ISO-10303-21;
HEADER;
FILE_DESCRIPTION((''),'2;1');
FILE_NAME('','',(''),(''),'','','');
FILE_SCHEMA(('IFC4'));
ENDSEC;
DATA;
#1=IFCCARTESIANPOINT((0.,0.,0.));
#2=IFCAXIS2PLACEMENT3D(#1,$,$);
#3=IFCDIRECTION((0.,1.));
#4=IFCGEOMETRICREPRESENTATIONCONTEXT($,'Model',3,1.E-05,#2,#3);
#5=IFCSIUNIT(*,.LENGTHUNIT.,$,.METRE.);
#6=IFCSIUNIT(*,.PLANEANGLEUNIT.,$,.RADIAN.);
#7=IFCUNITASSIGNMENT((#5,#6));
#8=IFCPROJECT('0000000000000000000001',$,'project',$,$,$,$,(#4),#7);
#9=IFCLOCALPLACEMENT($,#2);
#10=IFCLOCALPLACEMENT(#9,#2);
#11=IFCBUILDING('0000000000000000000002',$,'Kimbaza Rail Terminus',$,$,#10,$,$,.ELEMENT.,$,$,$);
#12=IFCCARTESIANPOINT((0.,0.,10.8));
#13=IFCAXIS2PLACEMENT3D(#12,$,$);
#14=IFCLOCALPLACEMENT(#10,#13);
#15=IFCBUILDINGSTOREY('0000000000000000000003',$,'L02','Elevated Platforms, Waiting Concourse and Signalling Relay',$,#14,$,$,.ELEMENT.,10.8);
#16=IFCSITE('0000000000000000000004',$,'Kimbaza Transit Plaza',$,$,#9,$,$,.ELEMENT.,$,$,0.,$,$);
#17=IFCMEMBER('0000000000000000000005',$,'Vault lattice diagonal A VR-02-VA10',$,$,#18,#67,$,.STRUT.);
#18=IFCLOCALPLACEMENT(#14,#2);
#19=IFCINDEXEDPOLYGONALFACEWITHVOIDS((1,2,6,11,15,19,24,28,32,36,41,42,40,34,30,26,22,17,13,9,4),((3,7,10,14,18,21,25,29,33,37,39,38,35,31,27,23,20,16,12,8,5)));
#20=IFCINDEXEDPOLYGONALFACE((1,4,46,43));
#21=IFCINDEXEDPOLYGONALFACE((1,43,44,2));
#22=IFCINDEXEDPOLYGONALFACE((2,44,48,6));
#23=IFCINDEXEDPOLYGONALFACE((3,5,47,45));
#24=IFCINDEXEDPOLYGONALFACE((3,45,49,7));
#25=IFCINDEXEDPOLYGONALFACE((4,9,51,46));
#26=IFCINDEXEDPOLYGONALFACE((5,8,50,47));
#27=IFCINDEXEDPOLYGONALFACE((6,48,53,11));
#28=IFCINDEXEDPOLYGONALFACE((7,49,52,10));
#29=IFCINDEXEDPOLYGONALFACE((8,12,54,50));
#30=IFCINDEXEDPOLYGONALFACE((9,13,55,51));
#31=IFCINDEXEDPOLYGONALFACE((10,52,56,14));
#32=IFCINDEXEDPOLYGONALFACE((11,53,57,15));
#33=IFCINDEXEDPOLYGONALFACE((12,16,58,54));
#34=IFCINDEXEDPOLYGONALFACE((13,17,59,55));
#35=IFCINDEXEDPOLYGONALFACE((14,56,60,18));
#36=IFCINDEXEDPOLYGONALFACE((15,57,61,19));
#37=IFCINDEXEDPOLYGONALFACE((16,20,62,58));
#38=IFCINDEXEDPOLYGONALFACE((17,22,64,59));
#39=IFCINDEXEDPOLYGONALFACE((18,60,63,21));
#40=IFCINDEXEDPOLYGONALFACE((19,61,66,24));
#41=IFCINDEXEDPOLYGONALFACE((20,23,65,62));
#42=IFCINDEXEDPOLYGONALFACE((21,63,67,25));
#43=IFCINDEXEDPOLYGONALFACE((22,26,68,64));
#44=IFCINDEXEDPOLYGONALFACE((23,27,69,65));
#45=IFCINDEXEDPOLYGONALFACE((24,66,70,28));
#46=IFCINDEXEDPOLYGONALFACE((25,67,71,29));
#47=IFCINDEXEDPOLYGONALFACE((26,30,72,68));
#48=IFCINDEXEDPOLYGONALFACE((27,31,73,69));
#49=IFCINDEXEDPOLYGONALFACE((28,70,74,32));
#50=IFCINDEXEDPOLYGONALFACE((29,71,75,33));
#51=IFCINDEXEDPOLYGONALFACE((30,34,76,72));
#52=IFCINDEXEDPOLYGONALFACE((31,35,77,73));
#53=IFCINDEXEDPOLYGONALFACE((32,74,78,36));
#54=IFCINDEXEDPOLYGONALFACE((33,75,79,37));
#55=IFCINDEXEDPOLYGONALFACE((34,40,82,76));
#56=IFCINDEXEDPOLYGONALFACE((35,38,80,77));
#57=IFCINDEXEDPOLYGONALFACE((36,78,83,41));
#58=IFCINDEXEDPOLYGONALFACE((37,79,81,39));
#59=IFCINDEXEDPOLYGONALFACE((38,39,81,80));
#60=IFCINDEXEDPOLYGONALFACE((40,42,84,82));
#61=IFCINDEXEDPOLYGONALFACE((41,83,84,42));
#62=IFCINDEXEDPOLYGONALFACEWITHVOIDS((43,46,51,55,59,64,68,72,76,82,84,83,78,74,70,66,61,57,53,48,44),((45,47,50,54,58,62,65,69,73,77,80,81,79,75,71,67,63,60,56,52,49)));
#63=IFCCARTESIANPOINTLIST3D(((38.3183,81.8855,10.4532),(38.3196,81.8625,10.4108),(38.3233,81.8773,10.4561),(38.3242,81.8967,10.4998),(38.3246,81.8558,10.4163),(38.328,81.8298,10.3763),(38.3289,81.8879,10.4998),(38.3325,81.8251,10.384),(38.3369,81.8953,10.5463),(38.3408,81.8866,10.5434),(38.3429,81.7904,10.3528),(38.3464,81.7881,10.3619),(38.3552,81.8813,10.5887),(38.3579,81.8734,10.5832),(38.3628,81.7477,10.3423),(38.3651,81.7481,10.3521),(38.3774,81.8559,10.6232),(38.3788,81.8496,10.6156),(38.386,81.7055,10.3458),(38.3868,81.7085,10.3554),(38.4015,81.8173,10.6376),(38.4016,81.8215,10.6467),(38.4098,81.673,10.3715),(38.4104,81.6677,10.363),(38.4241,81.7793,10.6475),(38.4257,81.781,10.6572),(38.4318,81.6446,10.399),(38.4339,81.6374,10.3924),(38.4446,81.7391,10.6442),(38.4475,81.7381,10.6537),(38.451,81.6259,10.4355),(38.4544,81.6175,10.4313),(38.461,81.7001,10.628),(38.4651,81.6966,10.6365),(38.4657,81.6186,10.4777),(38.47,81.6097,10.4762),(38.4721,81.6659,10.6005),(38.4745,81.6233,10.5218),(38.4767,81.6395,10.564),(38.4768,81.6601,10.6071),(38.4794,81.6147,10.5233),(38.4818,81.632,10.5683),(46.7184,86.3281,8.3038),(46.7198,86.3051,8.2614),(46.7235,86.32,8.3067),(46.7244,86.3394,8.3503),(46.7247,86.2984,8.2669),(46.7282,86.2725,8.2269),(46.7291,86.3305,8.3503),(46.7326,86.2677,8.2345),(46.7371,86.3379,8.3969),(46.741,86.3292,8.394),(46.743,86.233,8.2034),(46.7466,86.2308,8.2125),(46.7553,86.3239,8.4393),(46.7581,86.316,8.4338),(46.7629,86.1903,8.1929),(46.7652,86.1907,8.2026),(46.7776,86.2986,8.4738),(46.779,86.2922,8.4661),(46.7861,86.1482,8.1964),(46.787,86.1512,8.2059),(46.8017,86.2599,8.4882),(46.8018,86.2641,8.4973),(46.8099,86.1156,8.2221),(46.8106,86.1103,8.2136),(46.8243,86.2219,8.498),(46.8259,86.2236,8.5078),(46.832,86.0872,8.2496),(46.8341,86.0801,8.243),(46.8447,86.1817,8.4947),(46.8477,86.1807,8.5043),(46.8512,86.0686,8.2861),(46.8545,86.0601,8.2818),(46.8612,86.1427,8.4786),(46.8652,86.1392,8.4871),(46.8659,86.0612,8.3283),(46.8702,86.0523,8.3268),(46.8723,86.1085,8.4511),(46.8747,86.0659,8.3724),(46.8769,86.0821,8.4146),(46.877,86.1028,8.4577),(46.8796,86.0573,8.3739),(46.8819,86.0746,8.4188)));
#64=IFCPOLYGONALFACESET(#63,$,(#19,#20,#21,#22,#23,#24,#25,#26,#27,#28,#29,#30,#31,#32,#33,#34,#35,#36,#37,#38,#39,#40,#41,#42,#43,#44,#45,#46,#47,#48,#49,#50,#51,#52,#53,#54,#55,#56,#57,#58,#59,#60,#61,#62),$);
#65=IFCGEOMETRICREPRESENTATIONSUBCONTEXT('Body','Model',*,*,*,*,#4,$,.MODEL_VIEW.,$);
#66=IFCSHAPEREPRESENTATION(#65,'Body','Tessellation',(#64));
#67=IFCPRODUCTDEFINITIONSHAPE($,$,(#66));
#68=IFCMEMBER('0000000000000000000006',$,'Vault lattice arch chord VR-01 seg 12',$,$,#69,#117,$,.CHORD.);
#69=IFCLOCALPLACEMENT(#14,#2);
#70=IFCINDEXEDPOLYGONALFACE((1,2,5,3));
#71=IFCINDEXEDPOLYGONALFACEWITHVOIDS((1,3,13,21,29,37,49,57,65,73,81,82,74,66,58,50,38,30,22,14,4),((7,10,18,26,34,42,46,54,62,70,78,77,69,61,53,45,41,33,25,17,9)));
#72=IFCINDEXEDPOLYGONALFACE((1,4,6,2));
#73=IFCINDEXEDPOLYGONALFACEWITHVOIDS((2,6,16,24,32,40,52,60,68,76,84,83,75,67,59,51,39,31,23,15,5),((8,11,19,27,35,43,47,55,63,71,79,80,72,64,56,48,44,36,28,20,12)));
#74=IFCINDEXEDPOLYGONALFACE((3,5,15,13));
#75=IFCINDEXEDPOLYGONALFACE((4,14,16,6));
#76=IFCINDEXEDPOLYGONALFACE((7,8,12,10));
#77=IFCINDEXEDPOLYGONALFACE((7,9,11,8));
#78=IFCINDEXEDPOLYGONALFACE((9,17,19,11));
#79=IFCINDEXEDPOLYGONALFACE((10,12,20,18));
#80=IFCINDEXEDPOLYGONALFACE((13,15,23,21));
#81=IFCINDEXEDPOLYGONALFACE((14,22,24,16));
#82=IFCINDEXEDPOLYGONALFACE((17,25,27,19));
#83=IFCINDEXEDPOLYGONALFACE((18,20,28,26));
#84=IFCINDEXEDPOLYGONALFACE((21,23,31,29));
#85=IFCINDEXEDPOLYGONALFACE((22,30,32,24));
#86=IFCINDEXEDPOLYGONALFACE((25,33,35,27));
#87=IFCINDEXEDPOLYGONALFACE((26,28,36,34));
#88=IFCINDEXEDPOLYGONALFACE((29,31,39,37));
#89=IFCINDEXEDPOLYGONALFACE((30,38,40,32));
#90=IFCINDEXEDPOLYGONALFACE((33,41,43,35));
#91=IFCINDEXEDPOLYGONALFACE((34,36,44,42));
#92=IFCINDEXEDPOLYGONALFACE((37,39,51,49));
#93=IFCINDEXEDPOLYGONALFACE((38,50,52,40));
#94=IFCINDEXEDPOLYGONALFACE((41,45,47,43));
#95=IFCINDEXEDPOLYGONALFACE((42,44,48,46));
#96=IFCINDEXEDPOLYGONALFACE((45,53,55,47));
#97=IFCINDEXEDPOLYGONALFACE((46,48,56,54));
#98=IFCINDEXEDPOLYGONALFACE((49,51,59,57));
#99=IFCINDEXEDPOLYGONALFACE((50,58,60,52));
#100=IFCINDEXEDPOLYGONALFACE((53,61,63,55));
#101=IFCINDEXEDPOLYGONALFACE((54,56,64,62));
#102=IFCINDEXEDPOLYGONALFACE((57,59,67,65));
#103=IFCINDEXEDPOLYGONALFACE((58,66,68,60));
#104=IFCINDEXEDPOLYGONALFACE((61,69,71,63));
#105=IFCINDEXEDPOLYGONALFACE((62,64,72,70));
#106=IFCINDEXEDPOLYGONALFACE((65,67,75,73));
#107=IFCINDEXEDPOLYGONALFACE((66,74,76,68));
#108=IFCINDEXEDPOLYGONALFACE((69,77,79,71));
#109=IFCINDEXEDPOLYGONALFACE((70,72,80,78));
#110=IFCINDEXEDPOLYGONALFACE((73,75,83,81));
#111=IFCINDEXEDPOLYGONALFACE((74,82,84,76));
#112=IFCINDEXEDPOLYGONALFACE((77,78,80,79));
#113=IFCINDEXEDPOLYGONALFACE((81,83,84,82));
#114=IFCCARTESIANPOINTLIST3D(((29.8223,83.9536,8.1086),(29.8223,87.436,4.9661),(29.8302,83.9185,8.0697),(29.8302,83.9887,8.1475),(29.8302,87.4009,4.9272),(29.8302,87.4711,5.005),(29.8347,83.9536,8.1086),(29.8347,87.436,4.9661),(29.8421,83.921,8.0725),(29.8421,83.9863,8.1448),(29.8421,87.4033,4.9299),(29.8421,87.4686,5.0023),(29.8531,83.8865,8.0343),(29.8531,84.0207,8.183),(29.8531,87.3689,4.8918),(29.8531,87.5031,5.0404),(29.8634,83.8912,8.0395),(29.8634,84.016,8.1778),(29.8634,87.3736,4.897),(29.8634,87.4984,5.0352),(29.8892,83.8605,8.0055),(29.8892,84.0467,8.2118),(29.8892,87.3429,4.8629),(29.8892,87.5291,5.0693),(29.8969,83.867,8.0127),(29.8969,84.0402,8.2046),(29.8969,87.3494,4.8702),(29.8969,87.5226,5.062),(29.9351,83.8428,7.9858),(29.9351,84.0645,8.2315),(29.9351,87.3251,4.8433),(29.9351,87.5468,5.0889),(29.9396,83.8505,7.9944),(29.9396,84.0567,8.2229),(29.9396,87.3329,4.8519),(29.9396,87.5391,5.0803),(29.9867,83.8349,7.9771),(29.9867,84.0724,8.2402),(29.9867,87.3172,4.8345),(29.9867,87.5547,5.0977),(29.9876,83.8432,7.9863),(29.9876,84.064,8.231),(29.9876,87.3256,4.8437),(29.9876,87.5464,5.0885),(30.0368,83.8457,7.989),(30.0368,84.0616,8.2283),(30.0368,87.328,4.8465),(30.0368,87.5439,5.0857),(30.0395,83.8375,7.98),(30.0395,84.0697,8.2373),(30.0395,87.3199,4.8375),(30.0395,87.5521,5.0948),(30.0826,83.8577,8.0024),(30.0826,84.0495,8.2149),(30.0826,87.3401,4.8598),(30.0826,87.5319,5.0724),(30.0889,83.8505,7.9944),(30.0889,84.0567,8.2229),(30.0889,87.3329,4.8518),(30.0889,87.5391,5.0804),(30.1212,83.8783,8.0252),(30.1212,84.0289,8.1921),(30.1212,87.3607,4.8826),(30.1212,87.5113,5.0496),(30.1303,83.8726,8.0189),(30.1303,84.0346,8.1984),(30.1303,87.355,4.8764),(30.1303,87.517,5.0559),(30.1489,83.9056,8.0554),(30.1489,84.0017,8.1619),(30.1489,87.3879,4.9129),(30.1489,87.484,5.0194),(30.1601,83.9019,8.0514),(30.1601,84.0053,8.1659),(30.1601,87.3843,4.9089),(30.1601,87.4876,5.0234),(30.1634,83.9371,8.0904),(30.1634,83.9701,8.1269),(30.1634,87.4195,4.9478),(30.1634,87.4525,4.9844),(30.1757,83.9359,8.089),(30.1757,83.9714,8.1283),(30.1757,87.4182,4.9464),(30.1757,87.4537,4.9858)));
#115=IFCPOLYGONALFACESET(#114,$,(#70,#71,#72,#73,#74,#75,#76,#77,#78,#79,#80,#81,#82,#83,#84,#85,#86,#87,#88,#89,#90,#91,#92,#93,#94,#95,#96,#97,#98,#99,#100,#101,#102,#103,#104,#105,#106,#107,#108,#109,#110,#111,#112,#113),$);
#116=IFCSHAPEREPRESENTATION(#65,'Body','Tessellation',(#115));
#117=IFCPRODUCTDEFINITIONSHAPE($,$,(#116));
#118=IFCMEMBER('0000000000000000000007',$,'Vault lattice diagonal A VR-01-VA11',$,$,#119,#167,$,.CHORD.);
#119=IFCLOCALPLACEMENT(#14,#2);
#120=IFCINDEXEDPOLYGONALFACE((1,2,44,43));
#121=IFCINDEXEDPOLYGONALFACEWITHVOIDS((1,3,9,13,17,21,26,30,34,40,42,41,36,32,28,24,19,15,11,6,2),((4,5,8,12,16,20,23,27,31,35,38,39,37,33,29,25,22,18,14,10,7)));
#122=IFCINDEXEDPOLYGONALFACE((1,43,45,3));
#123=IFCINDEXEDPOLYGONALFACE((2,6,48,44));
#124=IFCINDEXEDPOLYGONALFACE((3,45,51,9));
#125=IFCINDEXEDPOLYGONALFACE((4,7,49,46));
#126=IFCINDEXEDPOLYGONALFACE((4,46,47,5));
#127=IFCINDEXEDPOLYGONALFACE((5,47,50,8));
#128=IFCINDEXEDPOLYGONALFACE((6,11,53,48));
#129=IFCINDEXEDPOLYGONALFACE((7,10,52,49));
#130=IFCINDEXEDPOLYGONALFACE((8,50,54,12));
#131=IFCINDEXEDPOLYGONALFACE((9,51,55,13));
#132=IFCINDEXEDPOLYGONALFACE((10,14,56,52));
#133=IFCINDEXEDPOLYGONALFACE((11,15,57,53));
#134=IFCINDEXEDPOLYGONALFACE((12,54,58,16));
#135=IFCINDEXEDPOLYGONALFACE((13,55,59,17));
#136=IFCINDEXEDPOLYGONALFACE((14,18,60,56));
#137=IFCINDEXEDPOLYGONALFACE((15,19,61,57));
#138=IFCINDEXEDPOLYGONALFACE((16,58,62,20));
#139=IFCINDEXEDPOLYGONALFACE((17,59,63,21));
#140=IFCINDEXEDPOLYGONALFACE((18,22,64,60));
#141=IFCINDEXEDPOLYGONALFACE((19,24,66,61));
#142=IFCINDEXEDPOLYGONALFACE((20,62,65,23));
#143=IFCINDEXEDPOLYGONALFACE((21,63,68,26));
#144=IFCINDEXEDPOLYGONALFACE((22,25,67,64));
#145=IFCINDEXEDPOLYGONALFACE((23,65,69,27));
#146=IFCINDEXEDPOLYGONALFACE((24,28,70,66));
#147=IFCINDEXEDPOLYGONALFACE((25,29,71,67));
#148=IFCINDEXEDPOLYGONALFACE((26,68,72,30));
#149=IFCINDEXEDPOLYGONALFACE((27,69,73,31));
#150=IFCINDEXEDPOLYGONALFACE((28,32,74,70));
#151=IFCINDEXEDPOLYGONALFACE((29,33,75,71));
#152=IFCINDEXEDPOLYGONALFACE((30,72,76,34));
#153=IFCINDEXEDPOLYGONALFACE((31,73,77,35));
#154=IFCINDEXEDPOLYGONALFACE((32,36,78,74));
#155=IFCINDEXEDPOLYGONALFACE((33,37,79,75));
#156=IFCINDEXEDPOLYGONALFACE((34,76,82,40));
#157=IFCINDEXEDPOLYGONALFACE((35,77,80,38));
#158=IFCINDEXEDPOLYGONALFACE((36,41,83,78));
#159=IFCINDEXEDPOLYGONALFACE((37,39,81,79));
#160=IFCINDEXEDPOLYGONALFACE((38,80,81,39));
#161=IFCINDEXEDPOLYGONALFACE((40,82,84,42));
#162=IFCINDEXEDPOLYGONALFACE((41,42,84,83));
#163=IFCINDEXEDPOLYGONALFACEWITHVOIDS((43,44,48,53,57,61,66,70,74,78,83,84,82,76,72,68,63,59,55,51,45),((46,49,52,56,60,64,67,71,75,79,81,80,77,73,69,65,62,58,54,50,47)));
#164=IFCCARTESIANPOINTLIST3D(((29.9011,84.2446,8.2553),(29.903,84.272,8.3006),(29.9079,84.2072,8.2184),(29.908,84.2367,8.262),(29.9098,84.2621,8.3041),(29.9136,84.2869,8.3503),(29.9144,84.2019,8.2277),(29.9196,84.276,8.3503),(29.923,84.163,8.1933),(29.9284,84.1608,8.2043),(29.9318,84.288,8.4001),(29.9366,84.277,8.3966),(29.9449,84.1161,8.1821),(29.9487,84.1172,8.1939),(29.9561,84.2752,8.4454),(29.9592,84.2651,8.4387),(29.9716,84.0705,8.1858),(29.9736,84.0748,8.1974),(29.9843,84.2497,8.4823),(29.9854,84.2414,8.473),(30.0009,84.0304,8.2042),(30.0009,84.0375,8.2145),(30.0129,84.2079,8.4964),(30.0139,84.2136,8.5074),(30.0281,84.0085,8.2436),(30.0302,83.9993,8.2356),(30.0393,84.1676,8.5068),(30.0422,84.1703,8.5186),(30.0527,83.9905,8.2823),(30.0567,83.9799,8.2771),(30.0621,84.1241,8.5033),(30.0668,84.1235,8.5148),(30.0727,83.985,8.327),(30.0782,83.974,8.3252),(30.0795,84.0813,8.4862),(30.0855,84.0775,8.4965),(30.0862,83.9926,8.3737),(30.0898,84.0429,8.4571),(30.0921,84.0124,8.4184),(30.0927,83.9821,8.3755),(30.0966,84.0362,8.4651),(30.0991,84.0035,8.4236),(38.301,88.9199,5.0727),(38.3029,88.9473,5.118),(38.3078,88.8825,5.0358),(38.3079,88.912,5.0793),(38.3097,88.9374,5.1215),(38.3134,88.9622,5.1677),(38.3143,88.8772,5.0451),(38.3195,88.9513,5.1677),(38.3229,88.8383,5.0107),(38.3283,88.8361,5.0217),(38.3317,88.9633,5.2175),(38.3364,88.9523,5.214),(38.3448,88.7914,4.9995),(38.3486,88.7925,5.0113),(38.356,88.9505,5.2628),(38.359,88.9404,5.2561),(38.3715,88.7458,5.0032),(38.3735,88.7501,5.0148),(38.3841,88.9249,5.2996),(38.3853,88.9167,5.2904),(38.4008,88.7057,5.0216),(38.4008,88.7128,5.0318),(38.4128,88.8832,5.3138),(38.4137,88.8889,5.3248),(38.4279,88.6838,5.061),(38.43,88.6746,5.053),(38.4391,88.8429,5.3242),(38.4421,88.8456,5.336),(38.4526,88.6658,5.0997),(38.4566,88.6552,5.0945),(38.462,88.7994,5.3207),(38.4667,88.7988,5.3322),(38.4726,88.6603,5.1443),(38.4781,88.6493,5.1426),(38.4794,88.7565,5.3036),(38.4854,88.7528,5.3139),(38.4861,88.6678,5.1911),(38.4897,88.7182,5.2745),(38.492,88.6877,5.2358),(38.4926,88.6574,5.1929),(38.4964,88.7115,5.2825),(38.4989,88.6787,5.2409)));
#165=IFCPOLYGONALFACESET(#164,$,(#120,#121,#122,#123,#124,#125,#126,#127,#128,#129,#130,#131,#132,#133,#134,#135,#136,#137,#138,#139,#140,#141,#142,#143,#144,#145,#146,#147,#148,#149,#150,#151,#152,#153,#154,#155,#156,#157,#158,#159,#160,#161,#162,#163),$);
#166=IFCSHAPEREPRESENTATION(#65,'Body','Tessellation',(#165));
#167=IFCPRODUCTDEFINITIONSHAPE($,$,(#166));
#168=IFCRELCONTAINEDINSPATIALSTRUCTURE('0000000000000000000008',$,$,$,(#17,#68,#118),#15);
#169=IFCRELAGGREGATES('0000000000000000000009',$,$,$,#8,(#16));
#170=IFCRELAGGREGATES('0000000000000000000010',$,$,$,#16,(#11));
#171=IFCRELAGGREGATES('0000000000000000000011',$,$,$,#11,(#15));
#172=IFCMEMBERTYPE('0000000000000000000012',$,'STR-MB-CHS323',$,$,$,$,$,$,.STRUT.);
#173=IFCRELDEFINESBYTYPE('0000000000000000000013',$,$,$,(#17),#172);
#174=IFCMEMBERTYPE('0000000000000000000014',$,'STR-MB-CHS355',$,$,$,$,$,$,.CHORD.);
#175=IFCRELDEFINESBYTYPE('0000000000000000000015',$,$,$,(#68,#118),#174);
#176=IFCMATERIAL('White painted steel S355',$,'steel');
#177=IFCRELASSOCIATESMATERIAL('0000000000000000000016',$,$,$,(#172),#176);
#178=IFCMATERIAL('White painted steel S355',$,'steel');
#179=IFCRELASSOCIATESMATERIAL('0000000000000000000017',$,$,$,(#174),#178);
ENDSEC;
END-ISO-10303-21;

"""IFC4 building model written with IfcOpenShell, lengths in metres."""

from ifc_helpers import new_model, si_unit, direction, frame, origin, origin_2d, place, context, subcontext, project, spatial, hollow_circle, extrude, material, material_profile, profile_set, type_object, element, save


model = new_model("IFC4")

# Units and contexts
model_context = context("Model", 3, precision=1e-05, world=origin(), true_north=direction((0.0, 1.0)))
body_context = subcontext(model_context, "Body", "Model", "MODEL_VIEW")
ifc_project = project(units=[si_unit("LENGTHUNIT", "METRE"), si_unit("PLANEANGLEUNIT", "RADIAN")], contexts=[model_context])

# Site, building, storey
site_placement = place(None, origin())
site = spatial("IfcSite", under=ifc_project, at=site_placement, Name="Kimbaza Transit Plaza", CompositionType="ELEMENT", RefElevation=0.0)
building_placement = place(site_placement, origin())
building = spatial("IfcBuilding", under=site, at=building_placement, Name="Kimbaza Rail Terminus", CompositionType="ELEMENT")
storey_placement = place(building_placement, frame((0.0, 0.0, 10.8)))
storey = spatial("IfcBuildingStorey", under=building, at=storey_placement, Name="L02", Description="Elevated Platforms, Waiting Concourse and Signalling Relay", CompositionType="ELEMENT", Elevation=10.8)

# Members
ifc_material_1 = material(Name="White painted steel S355", Category="steel")
ifc_material_profile_1 = material_profile(ifc_material_1, hollow_circle(Radius=0.1619, WallThickness=0.01, at=origin_2d()), Name="CHS 323.9x10")
ifc_profile_set_1 = profile_set([ifc_material_profile_1], Name="White painted steel S355")
member_type_1 = type_object("IfcMemberType", Name="STR-MB-CHS323", PredefinedType="STRUT", material=ifc_profile_set_1)
member_1_placement = place(storey_placement, frame((38.3999, 81.7537, 10.4998), z_axis=(0.862203, 0.455997, -0.220619), x_axis=(-0.467517, 0.883984, 0.0)))
element("IfcMember", 1, at=member_1_placement, inside=storey, type_object=member_type_1, Name="Vault lattice diagonal A VR-02-VA10", PredefinedType="STRUT", context=body_context, shape_type="SweptSolid", body=[
    extrude(hollow_circle(Radius=0.1619, WallThickness=0.01, at=origin_2d()), origin(), (0.0, 0.0, 1.0), 9.7427),
])
ifc_material_2 = material(Name="White painted steel S355", Category="steel")
ifc_material_profile_2 = material_profile(ifc_material_2, hollow_circle(Radius=0.1777, WallThickness=0.0125, at=origin_2d()), Name="CHS 355.6x12.5")
ifc_profile_set_2 = profile_set([ifc_material_profile_2], Name="White painted steel S355")
member_type_2 = type_object("IfcMemberType", Name="STR-MB-CHS355", PredefinedType="CHORD", material=ifc_profile_set_2)
member_2_placement = place(storey_placement, frame((30.0, 83.9536, 8.1086), z_axis=(0.0, 0.742403, -0.669953), x_axis=(-1.0, 0.0, 0.0)))
element("IfcMember", 2, at=member_2_placement, inside=storey, type_object=member_type_2, Name="Vault lattice arch chord VR-01 seg 12", PredefinedType="CHORD", context=body_context, shape_type="SweptSolid", body=[
    extrude(hollow_circle(Radius=0.1777, WallThickness=0.0125, at=origin_2d()), origin(), (0.0, 0.0, 1.0), 4.6907),
])
member_3_placement = place(storey_placement, frame((30.0, 84.1316, 8.3503), z_axis=(0.829498, 0.461689, -0.314286), x_axis=(-0.486333, 0.873774, 0.0)))
element("IfcMember", 3, at=member_3_placement, inside=storey, type_object=member_type_2, Name="Vault lattice diagonal A VR-01-VA11", PredefinedType="CHORD", context=body_context, shape_type="SweptSolid", body=[
    extrude(hollow_circle(Radius=0.1777, WallThickness=0.0125, at=origin_2d()), origin(), (0.0, 0.0, 1.0), 10.1265),
])

save(model, "model.ifc")
